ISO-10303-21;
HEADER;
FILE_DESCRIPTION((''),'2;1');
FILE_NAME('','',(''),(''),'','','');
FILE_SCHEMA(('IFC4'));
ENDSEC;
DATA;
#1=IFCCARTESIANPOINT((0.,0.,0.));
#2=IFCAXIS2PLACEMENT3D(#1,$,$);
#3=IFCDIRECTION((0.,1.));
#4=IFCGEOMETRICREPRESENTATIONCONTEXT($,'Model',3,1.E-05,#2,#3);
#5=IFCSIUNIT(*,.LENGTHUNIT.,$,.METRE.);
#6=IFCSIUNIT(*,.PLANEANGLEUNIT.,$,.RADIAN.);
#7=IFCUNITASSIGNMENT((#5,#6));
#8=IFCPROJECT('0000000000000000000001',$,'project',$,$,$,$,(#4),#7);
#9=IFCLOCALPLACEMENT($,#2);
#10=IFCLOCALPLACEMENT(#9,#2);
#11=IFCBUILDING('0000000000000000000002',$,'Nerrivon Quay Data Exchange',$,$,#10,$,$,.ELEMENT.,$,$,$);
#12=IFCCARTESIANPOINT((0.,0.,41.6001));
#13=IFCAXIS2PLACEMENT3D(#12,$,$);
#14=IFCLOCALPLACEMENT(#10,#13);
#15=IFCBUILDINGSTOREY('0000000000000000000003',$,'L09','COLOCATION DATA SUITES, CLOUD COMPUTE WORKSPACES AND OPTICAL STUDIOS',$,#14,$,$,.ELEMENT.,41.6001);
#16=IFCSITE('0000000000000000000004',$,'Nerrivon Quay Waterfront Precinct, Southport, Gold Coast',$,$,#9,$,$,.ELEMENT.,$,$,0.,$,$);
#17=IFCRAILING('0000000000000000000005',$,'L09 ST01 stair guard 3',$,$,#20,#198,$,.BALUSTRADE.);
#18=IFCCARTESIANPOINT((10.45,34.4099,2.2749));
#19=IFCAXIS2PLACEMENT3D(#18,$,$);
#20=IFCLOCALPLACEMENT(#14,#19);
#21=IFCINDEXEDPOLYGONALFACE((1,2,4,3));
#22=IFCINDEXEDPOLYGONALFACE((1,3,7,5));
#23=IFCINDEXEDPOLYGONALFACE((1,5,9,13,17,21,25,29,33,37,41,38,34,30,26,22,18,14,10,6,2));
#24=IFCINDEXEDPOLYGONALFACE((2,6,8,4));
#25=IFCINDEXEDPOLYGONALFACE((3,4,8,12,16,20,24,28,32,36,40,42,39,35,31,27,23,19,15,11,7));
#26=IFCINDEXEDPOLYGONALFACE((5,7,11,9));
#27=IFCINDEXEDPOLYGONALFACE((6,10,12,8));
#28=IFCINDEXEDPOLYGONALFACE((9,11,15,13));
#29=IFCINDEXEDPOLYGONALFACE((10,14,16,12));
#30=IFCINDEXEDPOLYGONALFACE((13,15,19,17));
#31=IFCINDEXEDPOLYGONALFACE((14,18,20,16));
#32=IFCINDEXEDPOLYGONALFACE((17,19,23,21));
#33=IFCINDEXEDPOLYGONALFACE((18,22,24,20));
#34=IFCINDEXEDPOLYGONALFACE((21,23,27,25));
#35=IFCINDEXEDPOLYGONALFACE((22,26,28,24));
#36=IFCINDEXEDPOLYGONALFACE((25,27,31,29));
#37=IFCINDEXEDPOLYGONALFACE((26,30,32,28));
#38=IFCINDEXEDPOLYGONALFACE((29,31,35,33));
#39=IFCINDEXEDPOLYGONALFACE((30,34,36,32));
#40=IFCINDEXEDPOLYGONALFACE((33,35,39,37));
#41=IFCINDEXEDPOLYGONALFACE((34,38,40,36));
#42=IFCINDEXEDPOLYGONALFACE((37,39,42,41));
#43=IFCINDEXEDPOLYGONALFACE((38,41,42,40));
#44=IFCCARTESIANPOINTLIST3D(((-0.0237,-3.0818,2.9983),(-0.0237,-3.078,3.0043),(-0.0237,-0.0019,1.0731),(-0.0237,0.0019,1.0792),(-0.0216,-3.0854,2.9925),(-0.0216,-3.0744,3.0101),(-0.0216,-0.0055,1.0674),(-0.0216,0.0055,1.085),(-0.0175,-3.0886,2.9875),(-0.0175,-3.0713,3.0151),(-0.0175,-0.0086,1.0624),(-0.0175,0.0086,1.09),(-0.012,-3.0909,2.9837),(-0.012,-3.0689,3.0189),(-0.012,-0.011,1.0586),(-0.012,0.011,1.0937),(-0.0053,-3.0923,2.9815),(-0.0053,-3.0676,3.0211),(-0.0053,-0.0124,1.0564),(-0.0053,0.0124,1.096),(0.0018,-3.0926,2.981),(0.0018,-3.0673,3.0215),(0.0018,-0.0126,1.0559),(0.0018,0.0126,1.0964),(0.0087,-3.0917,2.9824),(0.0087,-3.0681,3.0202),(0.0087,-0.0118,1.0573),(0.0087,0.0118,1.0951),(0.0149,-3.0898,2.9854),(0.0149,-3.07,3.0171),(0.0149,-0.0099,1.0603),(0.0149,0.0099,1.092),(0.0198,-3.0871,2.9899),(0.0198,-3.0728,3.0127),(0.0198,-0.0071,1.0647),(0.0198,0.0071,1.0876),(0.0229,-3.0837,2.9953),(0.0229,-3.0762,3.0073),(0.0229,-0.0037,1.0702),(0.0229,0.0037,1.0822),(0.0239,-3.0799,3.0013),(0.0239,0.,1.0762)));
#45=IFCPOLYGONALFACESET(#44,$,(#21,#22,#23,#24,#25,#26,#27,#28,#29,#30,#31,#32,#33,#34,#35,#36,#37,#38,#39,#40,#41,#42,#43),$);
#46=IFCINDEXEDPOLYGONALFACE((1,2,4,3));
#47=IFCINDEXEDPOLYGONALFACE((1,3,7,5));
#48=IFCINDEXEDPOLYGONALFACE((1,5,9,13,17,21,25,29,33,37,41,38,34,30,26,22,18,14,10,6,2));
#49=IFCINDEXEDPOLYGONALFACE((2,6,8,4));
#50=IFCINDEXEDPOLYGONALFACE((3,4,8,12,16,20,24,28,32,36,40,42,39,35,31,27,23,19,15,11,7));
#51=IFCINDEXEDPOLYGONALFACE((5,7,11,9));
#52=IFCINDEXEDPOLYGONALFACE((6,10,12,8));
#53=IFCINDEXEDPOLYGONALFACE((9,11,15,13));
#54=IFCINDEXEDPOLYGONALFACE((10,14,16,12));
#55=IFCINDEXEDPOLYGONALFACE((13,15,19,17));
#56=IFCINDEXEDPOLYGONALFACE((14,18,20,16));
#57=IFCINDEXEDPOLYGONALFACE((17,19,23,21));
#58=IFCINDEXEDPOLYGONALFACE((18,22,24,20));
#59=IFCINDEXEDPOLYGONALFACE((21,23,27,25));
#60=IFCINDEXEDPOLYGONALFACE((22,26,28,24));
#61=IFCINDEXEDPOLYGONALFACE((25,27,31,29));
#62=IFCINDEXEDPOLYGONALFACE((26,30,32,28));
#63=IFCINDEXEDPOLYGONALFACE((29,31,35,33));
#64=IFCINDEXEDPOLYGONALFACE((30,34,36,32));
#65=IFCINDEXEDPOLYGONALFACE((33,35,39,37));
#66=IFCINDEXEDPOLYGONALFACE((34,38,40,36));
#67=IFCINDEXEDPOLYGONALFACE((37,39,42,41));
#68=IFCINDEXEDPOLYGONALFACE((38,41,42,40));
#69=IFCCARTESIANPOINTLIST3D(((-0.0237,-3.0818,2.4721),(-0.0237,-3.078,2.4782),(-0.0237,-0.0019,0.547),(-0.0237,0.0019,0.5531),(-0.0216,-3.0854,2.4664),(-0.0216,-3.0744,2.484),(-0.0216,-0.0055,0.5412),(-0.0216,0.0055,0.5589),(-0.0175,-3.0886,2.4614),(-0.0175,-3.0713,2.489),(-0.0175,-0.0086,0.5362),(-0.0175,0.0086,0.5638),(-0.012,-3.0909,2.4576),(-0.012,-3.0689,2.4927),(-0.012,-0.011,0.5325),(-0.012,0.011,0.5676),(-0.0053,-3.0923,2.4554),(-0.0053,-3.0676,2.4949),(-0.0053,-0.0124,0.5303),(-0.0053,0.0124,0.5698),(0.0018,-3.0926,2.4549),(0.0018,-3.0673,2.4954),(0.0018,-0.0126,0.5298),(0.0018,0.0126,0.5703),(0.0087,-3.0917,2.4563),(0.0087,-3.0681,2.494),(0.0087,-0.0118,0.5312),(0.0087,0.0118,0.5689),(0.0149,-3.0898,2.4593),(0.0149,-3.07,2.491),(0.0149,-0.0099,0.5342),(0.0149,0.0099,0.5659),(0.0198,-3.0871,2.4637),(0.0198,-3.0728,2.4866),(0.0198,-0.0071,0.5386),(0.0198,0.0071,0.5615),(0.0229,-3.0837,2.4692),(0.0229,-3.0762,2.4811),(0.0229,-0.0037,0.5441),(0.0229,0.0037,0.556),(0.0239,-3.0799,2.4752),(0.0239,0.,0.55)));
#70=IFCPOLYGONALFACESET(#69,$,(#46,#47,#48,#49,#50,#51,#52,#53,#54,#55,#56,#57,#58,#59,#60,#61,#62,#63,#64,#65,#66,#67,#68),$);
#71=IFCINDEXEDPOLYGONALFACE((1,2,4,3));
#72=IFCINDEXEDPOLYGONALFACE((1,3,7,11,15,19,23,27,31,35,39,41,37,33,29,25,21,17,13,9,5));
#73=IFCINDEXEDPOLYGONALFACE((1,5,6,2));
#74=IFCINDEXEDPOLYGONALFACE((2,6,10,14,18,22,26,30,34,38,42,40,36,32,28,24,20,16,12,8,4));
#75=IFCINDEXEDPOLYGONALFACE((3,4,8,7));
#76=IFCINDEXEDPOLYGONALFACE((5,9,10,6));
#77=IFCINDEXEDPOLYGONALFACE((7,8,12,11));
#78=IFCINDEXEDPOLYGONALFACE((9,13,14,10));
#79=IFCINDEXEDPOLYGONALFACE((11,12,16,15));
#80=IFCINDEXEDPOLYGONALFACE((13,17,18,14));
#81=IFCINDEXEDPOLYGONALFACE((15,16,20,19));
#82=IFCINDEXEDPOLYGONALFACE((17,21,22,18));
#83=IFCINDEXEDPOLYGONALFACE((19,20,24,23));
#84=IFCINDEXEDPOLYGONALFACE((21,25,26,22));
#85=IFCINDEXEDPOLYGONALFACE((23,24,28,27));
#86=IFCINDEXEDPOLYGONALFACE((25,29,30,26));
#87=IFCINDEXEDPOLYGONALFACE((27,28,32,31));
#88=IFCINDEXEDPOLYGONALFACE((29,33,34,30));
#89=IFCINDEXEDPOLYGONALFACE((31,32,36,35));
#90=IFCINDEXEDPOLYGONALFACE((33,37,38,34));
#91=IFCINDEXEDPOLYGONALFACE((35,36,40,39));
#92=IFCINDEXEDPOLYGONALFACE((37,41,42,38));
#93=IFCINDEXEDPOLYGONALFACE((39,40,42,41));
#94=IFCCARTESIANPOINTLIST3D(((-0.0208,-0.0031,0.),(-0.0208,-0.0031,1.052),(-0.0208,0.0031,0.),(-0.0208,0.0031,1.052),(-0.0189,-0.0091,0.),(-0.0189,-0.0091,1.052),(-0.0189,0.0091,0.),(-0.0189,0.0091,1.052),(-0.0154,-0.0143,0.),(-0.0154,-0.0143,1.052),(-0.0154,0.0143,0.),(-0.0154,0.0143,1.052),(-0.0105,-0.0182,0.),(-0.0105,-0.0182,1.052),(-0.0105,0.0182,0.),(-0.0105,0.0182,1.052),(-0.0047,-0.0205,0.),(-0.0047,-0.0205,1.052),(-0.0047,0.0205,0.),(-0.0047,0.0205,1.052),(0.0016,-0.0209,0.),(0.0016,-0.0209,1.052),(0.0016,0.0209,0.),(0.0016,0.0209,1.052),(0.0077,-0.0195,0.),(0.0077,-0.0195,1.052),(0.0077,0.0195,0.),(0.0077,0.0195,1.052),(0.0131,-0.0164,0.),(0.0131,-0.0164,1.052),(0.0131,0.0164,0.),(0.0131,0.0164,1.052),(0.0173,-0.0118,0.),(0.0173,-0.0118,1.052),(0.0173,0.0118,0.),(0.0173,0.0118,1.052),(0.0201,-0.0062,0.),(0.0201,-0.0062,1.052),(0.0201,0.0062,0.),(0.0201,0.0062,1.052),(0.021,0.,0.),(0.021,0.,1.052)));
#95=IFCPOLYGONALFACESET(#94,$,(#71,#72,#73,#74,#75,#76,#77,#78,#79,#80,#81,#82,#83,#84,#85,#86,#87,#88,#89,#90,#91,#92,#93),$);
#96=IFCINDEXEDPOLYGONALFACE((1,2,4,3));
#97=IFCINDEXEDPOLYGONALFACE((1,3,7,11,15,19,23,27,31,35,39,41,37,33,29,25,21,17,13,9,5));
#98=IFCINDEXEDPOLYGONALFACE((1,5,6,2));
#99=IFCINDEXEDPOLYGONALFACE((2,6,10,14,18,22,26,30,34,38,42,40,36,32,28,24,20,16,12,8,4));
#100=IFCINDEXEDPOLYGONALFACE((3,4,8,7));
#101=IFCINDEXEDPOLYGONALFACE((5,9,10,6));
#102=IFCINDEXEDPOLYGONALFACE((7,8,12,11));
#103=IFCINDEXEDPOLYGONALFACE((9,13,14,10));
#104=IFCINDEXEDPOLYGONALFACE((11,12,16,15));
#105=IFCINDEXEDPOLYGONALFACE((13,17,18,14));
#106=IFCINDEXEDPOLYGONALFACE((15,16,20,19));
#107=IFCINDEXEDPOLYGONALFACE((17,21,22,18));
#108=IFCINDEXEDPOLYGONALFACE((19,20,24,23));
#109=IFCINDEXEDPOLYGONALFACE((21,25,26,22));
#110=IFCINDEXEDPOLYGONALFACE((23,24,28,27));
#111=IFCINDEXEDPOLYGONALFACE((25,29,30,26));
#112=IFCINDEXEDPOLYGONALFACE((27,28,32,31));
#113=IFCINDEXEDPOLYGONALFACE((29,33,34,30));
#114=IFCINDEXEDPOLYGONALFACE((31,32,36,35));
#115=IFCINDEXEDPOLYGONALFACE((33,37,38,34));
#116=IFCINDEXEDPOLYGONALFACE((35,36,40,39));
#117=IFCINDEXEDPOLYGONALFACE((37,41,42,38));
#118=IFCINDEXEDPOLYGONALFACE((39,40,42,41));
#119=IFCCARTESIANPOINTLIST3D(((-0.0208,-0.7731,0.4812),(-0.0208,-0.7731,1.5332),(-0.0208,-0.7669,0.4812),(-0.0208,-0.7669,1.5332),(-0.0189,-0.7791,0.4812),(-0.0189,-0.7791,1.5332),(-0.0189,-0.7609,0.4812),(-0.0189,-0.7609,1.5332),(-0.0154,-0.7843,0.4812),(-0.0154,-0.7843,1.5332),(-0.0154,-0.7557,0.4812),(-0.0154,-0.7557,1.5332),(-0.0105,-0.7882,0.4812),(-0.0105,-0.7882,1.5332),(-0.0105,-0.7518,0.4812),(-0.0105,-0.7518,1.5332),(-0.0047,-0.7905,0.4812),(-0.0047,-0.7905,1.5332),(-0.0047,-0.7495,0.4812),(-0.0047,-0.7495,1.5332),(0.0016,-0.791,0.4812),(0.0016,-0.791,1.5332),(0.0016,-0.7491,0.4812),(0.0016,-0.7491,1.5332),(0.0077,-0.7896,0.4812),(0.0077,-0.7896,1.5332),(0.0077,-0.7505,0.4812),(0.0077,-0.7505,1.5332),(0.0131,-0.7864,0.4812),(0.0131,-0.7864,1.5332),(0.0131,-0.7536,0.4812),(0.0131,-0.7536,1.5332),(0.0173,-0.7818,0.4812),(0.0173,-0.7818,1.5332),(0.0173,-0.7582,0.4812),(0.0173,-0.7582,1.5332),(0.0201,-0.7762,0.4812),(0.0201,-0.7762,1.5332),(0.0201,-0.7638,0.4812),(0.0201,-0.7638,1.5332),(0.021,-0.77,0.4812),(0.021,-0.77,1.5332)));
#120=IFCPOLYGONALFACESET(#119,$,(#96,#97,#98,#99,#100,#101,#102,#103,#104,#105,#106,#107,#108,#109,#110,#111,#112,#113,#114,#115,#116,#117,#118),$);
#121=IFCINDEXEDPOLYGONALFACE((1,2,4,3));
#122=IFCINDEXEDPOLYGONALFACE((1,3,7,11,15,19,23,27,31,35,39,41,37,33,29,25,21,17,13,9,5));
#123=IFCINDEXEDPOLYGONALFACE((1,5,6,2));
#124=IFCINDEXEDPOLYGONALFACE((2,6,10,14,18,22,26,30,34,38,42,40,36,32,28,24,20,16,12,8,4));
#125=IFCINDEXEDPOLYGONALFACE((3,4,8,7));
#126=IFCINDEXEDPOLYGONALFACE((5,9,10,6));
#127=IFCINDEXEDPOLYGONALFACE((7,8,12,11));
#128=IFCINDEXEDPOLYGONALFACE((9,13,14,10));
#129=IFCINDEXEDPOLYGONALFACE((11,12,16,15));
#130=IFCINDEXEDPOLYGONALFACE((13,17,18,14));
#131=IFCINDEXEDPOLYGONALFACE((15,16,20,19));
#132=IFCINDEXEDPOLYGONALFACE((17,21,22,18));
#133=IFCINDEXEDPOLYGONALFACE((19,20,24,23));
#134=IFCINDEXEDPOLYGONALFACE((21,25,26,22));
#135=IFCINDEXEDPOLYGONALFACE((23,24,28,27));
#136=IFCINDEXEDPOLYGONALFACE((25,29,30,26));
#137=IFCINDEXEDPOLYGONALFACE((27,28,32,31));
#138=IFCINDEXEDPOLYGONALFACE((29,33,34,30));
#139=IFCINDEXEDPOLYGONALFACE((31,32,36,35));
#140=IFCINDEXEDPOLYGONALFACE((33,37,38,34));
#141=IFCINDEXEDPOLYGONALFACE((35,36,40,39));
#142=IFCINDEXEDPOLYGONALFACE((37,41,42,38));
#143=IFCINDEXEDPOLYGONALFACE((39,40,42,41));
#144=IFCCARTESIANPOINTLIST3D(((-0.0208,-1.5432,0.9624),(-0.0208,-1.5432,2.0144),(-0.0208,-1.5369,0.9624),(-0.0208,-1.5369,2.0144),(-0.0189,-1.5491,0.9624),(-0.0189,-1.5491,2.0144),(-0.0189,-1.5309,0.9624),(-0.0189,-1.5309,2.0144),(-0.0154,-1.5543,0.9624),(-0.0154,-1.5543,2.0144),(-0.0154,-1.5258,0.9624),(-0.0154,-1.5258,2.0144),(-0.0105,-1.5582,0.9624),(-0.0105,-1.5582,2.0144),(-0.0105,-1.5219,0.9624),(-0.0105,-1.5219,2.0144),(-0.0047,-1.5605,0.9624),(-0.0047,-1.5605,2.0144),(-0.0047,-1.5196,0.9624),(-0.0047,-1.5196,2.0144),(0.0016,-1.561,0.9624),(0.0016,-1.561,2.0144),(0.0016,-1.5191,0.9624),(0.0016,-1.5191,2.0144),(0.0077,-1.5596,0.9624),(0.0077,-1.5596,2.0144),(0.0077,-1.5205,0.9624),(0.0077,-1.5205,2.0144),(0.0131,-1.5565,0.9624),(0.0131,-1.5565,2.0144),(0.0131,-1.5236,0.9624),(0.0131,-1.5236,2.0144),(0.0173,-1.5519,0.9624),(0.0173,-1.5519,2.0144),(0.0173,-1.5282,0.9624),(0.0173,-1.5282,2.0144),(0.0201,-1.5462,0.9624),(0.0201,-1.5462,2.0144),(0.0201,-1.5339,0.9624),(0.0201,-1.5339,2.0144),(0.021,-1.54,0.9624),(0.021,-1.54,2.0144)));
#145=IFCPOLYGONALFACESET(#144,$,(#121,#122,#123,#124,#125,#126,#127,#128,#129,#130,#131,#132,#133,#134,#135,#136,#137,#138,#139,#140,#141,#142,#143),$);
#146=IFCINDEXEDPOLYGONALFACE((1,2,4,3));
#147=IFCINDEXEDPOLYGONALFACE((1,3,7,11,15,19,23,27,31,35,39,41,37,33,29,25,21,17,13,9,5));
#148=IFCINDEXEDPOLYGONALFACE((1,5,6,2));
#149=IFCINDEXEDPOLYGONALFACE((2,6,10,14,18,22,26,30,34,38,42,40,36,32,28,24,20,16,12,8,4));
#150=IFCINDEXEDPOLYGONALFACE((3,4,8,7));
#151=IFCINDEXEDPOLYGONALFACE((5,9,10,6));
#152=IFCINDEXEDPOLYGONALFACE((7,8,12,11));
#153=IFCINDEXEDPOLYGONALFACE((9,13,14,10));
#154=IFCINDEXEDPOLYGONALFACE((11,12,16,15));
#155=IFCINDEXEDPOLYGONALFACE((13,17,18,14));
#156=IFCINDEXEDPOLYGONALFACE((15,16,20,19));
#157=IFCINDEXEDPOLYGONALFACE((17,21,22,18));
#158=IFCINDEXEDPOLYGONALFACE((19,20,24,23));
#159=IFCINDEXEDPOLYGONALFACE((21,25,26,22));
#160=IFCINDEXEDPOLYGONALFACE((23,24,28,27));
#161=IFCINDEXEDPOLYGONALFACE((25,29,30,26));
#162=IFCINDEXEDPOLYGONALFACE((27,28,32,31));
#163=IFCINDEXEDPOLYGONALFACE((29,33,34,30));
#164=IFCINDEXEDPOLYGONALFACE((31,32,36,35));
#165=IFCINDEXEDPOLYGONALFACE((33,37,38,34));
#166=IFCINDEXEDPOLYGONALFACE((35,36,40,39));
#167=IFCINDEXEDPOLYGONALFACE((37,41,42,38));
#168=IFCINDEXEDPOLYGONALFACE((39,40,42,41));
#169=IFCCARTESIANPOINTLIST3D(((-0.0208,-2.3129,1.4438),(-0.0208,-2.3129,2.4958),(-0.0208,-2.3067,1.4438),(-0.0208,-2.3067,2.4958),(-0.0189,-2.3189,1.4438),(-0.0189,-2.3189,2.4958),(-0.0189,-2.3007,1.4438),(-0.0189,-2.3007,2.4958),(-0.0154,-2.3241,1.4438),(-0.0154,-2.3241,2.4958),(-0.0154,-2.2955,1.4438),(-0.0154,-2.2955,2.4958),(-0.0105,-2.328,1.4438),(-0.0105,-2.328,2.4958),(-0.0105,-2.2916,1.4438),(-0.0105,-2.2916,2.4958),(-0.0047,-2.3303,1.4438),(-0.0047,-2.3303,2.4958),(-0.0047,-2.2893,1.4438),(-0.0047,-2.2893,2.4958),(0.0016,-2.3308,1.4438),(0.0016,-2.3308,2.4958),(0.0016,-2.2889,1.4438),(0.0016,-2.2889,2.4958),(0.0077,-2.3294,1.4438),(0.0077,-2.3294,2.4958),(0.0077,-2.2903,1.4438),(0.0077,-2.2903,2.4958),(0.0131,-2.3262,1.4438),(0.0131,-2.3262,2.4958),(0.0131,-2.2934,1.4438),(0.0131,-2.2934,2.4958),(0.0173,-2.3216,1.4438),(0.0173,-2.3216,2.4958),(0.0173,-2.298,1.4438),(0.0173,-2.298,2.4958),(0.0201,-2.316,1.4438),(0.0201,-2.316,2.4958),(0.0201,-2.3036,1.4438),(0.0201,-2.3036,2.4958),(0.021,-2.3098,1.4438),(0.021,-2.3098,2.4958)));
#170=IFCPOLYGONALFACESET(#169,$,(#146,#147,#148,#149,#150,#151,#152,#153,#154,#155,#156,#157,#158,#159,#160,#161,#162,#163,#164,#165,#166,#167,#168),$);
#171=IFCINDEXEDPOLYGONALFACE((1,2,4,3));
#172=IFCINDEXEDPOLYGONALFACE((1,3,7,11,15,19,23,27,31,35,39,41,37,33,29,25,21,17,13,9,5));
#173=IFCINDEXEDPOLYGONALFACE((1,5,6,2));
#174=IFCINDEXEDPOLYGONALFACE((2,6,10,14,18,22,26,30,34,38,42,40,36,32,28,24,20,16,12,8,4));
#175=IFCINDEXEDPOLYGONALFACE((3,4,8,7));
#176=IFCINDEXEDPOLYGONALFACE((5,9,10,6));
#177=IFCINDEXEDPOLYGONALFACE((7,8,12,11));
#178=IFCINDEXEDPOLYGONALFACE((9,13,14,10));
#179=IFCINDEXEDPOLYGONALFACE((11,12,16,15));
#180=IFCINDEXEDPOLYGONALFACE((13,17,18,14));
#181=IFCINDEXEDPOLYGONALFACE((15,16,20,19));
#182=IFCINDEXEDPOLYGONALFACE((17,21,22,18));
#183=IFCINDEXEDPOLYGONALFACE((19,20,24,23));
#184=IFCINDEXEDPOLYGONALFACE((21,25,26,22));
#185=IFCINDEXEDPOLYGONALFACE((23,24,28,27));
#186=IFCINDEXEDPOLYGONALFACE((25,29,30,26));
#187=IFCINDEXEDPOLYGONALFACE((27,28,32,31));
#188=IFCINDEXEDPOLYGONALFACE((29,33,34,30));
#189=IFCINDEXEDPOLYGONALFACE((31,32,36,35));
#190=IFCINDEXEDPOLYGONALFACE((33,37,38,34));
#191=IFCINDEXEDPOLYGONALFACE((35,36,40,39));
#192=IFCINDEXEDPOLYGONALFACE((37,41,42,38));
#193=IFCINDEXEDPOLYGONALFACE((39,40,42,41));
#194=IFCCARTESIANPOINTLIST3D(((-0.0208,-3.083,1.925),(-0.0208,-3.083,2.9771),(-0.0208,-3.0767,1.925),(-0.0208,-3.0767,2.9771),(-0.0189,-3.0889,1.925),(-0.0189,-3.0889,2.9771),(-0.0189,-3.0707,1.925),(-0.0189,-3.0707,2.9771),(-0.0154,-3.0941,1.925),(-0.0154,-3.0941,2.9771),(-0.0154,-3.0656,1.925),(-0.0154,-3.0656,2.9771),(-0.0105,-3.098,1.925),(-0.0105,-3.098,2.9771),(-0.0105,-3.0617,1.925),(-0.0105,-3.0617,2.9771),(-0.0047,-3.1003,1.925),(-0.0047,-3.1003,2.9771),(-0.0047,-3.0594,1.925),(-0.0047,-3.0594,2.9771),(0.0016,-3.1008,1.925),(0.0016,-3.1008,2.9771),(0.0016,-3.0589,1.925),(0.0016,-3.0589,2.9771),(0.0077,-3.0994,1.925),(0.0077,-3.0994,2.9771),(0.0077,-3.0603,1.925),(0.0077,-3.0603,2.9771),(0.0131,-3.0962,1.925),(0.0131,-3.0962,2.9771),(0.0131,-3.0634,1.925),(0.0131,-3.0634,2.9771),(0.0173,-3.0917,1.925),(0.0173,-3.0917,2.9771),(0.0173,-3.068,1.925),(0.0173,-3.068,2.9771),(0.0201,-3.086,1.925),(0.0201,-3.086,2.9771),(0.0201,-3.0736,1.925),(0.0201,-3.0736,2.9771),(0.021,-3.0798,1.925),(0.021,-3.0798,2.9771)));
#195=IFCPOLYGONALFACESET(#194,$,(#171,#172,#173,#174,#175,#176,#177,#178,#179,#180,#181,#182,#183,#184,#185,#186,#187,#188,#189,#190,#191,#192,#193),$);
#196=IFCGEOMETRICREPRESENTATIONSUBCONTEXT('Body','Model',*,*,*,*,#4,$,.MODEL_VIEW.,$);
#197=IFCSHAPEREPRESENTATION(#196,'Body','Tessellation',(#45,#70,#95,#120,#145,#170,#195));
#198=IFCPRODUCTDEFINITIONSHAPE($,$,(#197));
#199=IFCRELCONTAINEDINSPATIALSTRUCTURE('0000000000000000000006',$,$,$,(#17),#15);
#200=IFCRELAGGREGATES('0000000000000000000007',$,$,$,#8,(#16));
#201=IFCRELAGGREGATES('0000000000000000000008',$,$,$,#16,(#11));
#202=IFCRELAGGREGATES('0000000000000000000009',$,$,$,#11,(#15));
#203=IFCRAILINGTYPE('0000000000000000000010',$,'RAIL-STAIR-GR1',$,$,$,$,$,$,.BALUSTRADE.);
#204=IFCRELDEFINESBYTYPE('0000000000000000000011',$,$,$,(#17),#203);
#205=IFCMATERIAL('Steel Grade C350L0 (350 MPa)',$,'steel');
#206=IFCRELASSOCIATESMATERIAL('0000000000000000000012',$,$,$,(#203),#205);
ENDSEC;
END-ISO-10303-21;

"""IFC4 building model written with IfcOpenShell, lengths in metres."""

from ifc_helpers import new_model, si_unit, direction, frame, origin, origin_2d, place, context, subcontext, project, spatial, circle, extrude, material, type_object, element, save


model = new_model("IFC4")

# Units and contexts
model_context = context("Model", 3, precision=1e-05, world=origin(), true_north=direction((0.0, 1.0)))
body_context = subcontext(model_context, "Body", "Model", "MODEL_VIEW")
ifc_project = project(units=[si_unit("LENGTHUNIT", "METRE"), si_unit("PLANEANGLEUNIT", "RADIAN")], contexts=[model_context])

# Site, building, storey
site_placement = place(None, origin())
site = spatial("IfcSite", under=ifc_project, at=site_placement, Name="Nerrivon Quay Waterfront Precinct, Southport, Gold Coast", CompositionType="ELEMENT", RefElevation=0.0)
building_placement = place(site_placement, origin())
building = spatial("IfcBuilding", under=site, at=building_placement, Name="Nerrivon Quay Data Exchange", CompositionType="ELEMENT")
storey_placement = place(building_placement, frame((0.0, 0.0, 41.6001)))
storey = spatial("IfcBuildingStorey", under=building, at=storey_placement, Name="L09", Description="COLOCATION DATA SUITES, CLOUD COMPUTE WORKSPACES AND OPTICAL STUDIOS", CompositionType="ELEMENT", Elevation=41.6001)

# Railing
ifc_material_1 = material(Name="Steel Grade C350L0 (350 MPa)", Category="steel")
railing_type_1 = type_object("IfcRailingType", Name="RAIL-STAIR-GR1", PredefinedType="BALUSTRADE", material=ifc_material_1)
railing_1_placement = place(storey_placement, frame((10.45, 34.4099, 2.2749)))
element("IfcRailing", 1, at=railing_1_placement, inside=storey, type_object=railing_type_1, Name="L09 ST01 stair guard 3", PredefinedType="BALUSTRADE", context=body_context, shape_type="SweptSolid", body=[
    extrude(circle(Radius=0.0239, at=origin_2d()), frame((0.0, 0.0, 1.0762), z_axis=(0.0, -0.847979, 0.530029), x_axis=(1.0, 0.0, 0.0)), (0.0, 0.0, 1.0), 3.6321),
    extrude(circle(Radius=0.0239, at=origin_2d()), frame((0.0, 0.0, 0.55), z_axis=(0.0, -0.847979, 0.530029), x_axis=(1.0, 0.0, 0.0)), (0.0, 0.0, 1.0), 3.6321),
    extrude(circle(Radius=0.021, at=origin_2d()), origin(), (0.0, 0.0, 1.0), 1.052),
    extrude(circle(Radius=0.021, at=origin_2d()), frame((0.0, -0.77, 0.4812)), (0.0, 0.0, 1.0), 1.052),
    extrude(circle(Radius=0.021, at=origin_2d()), frame((0.0, -1.54, 0.9624)), (0.0, 0.0, 1.0), 1.052),
    extrude(circle(Radius=0.021, at=origin_2d()), frame((0.0, -2.3098, 1.4438)), (0.0, 0.0, 1.0), 1.052),
    extrude(circle(Radius=0.021, at=origin_2d()), frame((0.0, -3.0798, 1.925)), (0.0, 0.0, 1.0), 1.052),
])

save(model, "model.ifc")
